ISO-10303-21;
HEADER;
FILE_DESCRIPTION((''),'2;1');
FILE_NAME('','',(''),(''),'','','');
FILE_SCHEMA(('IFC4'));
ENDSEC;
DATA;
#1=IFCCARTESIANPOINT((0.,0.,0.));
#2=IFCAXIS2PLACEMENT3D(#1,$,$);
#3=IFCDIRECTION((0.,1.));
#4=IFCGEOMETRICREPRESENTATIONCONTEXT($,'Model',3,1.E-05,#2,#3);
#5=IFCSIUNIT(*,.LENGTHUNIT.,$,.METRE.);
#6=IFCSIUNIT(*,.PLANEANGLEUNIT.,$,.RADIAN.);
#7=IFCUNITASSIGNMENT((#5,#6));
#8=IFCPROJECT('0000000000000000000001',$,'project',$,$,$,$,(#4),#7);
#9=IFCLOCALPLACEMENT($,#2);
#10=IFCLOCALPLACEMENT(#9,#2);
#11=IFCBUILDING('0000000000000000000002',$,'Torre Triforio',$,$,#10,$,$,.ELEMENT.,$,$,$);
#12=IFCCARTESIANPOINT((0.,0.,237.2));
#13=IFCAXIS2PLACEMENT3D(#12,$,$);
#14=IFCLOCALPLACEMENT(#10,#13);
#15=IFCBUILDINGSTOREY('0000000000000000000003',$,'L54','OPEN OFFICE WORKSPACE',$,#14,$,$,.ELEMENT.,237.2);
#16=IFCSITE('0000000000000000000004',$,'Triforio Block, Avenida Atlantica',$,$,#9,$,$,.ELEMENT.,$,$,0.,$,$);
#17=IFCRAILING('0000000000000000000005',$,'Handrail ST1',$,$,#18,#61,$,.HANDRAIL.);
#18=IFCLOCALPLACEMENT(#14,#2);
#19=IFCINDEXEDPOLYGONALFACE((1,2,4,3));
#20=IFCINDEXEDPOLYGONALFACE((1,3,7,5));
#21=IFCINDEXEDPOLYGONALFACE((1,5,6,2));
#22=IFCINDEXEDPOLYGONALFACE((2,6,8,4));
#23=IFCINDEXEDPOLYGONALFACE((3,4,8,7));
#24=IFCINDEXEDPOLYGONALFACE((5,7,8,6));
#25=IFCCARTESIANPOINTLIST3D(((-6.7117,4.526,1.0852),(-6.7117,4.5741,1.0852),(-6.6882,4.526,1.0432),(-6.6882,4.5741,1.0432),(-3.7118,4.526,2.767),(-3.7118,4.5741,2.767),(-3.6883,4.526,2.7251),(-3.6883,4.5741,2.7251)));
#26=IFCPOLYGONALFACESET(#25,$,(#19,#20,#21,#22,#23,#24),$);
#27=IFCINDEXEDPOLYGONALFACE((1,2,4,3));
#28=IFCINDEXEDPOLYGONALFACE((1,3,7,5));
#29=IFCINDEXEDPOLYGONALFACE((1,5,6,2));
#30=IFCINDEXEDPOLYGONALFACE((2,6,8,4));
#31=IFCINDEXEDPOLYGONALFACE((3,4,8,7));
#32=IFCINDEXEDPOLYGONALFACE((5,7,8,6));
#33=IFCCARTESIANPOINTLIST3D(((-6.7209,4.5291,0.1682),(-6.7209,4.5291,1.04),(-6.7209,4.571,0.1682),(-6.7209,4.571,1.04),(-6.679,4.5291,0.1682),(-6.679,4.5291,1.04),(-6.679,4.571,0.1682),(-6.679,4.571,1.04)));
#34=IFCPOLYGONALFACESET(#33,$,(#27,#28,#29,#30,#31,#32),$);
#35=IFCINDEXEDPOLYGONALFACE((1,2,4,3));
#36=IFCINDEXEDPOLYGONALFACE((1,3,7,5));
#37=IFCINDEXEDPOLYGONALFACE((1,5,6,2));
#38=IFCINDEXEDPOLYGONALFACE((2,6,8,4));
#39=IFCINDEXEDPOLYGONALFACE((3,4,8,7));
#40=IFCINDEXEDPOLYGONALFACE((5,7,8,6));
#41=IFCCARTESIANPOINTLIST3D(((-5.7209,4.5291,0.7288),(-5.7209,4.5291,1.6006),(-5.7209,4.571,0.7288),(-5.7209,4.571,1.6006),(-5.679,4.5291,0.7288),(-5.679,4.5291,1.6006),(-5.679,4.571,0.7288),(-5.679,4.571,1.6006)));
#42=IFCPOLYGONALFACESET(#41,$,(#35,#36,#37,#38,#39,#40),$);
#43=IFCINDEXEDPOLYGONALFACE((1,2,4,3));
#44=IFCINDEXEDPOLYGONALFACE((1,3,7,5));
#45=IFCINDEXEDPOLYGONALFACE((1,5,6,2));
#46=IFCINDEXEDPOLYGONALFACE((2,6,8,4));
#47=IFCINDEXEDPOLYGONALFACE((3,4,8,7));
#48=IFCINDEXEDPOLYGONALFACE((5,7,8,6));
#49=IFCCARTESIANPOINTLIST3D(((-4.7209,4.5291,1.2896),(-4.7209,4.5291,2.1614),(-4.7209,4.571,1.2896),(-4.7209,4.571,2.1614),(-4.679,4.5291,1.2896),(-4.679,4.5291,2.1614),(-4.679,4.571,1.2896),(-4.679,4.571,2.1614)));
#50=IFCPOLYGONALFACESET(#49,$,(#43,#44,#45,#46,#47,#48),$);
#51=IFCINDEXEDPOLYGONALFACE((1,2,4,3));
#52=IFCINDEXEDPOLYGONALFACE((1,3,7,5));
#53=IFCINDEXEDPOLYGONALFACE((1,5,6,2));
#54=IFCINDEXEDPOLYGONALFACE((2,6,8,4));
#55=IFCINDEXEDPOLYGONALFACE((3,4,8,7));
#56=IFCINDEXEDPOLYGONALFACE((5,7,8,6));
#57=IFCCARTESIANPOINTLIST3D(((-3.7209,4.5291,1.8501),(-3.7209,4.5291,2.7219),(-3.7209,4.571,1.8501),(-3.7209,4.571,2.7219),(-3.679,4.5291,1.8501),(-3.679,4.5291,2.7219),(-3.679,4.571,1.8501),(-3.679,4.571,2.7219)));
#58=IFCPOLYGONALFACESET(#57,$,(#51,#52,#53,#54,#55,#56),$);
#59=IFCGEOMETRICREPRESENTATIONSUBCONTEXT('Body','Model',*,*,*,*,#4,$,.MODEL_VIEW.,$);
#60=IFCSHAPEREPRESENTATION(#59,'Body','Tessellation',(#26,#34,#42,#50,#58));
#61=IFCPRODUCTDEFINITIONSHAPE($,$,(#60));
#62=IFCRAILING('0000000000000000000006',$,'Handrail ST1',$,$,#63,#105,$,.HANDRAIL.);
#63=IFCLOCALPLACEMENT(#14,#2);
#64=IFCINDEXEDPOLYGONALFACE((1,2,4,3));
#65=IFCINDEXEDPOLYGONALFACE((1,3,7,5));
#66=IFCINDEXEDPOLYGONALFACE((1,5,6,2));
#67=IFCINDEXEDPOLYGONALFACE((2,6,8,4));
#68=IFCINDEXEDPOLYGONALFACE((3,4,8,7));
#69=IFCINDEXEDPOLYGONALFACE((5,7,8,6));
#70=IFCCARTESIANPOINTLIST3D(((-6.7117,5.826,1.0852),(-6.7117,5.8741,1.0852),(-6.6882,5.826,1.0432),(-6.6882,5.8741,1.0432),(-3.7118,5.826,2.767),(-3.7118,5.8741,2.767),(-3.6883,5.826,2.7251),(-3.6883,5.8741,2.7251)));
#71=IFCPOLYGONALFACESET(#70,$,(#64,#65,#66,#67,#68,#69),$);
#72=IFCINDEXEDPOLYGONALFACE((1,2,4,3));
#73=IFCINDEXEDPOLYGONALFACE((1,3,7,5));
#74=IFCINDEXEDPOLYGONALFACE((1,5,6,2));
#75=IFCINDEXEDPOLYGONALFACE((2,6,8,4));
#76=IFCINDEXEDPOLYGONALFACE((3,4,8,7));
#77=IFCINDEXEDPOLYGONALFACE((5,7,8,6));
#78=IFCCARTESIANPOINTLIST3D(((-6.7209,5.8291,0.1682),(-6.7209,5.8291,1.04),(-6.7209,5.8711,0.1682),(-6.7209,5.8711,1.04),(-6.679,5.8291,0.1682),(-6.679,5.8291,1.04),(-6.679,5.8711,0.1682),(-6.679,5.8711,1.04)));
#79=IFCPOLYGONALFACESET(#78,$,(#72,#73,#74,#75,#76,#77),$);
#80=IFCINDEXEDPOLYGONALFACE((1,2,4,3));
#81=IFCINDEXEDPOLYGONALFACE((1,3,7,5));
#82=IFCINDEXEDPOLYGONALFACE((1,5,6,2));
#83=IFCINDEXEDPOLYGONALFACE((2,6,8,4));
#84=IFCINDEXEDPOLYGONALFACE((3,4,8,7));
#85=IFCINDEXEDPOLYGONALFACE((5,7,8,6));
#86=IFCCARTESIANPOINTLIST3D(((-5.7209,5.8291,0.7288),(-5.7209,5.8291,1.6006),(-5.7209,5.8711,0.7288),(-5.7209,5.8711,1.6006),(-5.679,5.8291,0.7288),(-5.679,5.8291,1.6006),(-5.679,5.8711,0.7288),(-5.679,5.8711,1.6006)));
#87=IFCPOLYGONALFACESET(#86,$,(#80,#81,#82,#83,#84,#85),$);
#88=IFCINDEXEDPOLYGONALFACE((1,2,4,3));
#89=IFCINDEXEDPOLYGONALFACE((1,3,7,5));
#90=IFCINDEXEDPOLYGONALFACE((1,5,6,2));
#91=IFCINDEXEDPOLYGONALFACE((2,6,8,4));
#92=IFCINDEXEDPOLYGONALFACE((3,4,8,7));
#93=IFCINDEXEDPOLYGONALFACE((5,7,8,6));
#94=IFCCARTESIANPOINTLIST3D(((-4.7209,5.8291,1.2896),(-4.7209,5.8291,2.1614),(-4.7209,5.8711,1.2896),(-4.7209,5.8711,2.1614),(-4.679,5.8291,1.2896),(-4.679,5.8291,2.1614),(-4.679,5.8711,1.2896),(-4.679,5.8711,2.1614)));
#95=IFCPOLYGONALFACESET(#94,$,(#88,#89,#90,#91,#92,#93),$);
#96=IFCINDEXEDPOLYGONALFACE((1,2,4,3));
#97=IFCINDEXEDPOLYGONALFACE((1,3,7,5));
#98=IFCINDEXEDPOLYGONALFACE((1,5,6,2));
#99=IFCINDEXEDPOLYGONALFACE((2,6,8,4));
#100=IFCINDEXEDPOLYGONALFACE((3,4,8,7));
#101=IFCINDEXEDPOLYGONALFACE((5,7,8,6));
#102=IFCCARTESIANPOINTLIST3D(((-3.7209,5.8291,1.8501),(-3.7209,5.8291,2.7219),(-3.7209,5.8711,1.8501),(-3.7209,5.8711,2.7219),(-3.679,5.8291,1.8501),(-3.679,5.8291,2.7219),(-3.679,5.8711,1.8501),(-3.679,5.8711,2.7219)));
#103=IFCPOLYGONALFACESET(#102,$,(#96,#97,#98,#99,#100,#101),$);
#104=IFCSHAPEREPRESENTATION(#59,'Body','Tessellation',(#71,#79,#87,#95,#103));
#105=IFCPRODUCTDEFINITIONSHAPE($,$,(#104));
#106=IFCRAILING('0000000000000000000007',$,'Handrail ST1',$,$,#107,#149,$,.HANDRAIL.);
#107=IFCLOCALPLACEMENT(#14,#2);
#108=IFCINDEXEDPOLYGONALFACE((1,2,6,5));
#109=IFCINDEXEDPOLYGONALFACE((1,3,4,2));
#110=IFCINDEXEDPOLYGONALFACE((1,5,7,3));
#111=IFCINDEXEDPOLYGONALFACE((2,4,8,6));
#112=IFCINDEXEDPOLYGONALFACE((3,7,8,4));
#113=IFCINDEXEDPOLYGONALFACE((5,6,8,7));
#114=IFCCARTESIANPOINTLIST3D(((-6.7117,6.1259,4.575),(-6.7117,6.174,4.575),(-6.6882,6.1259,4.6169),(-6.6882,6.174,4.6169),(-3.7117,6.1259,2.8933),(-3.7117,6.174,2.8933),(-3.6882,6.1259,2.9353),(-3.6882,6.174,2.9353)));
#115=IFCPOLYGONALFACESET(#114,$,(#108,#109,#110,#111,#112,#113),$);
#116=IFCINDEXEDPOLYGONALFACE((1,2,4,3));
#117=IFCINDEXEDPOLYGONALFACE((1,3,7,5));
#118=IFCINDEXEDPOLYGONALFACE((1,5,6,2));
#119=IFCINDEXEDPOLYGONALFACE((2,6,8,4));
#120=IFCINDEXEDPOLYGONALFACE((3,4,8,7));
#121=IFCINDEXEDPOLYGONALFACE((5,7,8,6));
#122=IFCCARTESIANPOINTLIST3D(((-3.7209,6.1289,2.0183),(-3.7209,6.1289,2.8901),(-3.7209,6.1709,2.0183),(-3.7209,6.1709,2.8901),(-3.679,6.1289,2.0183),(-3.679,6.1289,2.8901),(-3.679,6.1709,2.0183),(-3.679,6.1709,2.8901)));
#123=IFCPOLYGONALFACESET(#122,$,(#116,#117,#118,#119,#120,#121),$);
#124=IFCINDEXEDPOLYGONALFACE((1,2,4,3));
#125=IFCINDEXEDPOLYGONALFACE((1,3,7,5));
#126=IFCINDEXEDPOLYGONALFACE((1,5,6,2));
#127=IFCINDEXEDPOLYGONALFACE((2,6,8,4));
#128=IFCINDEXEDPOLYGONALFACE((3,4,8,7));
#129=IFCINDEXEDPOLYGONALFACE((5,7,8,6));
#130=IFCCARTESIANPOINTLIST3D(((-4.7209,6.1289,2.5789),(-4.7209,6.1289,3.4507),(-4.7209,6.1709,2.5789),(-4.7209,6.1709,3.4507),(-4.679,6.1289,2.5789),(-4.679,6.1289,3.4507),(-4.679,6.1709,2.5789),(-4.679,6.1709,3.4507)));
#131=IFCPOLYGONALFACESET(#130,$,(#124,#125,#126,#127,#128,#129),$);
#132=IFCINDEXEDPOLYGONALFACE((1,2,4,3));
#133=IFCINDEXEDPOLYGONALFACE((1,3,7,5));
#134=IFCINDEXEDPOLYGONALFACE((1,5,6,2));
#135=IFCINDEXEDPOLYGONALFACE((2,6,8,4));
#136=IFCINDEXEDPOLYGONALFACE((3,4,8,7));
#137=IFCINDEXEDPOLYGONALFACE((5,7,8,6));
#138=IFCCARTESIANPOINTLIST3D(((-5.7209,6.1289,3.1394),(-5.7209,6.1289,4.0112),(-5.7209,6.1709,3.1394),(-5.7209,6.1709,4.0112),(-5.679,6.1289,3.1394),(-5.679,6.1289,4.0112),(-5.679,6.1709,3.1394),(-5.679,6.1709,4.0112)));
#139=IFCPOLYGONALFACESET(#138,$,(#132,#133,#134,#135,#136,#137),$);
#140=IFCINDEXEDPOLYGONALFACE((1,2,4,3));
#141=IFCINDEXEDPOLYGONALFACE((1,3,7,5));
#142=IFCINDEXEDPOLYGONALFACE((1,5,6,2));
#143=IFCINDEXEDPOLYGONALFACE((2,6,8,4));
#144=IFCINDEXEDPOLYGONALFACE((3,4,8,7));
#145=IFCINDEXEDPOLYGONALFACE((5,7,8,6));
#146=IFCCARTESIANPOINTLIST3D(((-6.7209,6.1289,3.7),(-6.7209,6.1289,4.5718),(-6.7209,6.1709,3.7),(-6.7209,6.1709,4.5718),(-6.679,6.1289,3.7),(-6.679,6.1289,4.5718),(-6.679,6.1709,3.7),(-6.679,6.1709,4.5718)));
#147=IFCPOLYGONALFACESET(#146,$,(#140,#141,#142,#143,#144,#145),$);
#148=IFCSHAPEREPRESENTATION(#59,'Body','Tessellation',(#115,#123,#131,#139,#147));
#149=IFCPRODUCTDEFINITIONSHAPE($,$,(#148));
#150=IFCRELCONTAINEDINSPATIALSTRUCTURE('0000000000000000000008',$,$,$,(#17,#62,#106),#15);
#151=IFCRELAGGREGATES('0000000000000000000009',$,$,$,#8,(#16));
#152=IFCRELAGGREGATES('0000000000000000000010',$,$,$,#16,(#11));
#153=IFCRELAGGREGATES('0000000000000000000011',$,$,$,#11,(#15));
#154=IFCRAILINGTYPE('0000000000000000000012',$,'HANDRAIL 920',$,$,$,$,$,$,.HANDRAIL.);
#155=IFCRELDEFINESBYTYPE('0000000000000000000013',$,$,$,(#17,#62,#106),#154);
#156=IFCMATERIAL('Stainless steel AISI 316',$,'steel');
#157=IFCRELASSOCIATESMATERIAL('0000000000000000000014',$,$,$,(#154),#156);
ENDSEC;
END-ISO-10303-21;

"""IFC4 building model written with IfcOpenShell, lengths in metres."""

from ifc_helpers import new_model, si_unit, direction, frame, origin, origin_2d, place, context, subcontext, project, spatial, rectangle, extrude, material, type_object, element, save


model = new_model("IFC4")

# Units and contexts
model_context = context("Model", 3, precision=1e-05, world=origin(), true_north=direction((0.0, 1.0)))
body_context = subcontext(model_context, "Body", "Model", "MODEL_VIEW")
ifc_project = project(units=[si_unit("LENGTHUNIT", "METRE"), si_unit("PLANEANGLEUNIT", "RADIAN")], contexts=[model_context])

# Site, building, storey
site_placement = place(None, origin())
site = spatial("IfcSite", under=ifc_project, at=site_placement, Name="Triforio Block, Avenida Atlantica", CompositionType="ELEMENT", RefElevation=0.0)
building_placement = place(site_placement, origin())
building = spatial("IfcBuilding", under=site, at=building_placement, Name="Torre Triforio", CompositionType="ELEMENT")
storey_placement = place(building_placement, frame((0.0, 0.0, 237.2)))
storey = spatial("IfcBuildingStorey", under=building, at=storey_placement, Name="L54", Description="OPEN OFFICE WORKSPACE", CompositionType="ELEMENT", Elevation=237.2)

# Railings
ifc_material_1 = material(Name="Stainless steel AISI 316", Category="steel")
railing_type = type_object("IfcRailingType", Name="HANDRAIL 920", PredefinedType="HANDRAIL", material=ifc_material_1)
for number, where, name in (
    (1, (-6.7, 4.55, 0.1682), "Handrail ST1"),
    (2, (-6.7, 5.8501, 0.1682), "Handrail ST1"),
):
    element("IfcRailing", number, at=place(storey_placement, frame(where)), inside=storey, type_object=railing_type, Name=name, PredefinedType="HANDRAIL", context=body_context, shape_type="SweptSolid", body=[
        extrude(rectangle(XDim=0.0481, YDim=0.0481, at=origin_2d()), frame((0.0, 0.0, 0.896), z_axis=(0.872272, 0.0, 0.48902), x_axis=(0.0, 1.0, 0.0)), (0.0, 0.0, 1.0), 3.4392),
        extrude(rectangle(XDim=0.042, YDim=0.042, at=origin_2d()), origin(), (0.0, 0.0, 1.0), 0.8718),
        extrude(rectangle(XDim=0.042, YDim=0.042, at=origin_2d()), frame((1.0, 0.0, 0.5605)), (0.0, 0.0, 1.0), 0.8718),
        extrude(rectangle(XDim=0.042, YDim=0.042, at=origin_2d()), frame((2.0, 0.0, 1.1213)), (0.0, 0.0, 1.0), 0.8718),
        extrude(rectangle(XDim=0.042, YDim=0.042, at=origin_2d()), frame((3.0, 0.0, 1.6819)), (0.0, 0.0, 1.0), 0.8718),
    ])
railing_placement = place(storey_placement, frame((-3.7, 6.1499, 2.0183)))
element("IfcRailing", 3, at=railing_placement, inside=storey, type_object=railing_type, Name="Handrail ST1", PredefinedType="HANDRAIL", context=body_context, shape_type="SweptSolid", body=[
    extrude(rectangle(XDim=0.0481, YDim=0.0481, at=origin_2d()), frame((0.0, 0.0, 0.896), z_axis=(-0.872303, 0.0, 0.488966), x_axis=(0.0, -1.0, 0.0)), (0.0, 0.0, 1.0), 3.4392),
    extrude(rectangle(XDim=0.042, YDim=0.042, at=origin_2d()), origin(), (0.0, 0.0, 1.0), 0.8718),
    extrude(rectangle(XDim=0.042, YDim=0.042, at=origin_2d()), frame((-1.0, 0.0, 0.5605)), (0.0, 0.0, 1.0), 0.8718),
    extrude(rectangle(XDim=0.042, YDim=0.042, at=origin_2d()), frame((-2.0, 0.0, 1.1211)), (0.0, 0.0, 1.0), 0.8718),
    extrude(rectangle(XDim=0.042, YDim=0.042, at=origin_2d()), frame((-3.0, 0.0, 1.6816)), (0.0, 0.0, 1.0), 0.8718),
])

save(model, "model.ifc")
